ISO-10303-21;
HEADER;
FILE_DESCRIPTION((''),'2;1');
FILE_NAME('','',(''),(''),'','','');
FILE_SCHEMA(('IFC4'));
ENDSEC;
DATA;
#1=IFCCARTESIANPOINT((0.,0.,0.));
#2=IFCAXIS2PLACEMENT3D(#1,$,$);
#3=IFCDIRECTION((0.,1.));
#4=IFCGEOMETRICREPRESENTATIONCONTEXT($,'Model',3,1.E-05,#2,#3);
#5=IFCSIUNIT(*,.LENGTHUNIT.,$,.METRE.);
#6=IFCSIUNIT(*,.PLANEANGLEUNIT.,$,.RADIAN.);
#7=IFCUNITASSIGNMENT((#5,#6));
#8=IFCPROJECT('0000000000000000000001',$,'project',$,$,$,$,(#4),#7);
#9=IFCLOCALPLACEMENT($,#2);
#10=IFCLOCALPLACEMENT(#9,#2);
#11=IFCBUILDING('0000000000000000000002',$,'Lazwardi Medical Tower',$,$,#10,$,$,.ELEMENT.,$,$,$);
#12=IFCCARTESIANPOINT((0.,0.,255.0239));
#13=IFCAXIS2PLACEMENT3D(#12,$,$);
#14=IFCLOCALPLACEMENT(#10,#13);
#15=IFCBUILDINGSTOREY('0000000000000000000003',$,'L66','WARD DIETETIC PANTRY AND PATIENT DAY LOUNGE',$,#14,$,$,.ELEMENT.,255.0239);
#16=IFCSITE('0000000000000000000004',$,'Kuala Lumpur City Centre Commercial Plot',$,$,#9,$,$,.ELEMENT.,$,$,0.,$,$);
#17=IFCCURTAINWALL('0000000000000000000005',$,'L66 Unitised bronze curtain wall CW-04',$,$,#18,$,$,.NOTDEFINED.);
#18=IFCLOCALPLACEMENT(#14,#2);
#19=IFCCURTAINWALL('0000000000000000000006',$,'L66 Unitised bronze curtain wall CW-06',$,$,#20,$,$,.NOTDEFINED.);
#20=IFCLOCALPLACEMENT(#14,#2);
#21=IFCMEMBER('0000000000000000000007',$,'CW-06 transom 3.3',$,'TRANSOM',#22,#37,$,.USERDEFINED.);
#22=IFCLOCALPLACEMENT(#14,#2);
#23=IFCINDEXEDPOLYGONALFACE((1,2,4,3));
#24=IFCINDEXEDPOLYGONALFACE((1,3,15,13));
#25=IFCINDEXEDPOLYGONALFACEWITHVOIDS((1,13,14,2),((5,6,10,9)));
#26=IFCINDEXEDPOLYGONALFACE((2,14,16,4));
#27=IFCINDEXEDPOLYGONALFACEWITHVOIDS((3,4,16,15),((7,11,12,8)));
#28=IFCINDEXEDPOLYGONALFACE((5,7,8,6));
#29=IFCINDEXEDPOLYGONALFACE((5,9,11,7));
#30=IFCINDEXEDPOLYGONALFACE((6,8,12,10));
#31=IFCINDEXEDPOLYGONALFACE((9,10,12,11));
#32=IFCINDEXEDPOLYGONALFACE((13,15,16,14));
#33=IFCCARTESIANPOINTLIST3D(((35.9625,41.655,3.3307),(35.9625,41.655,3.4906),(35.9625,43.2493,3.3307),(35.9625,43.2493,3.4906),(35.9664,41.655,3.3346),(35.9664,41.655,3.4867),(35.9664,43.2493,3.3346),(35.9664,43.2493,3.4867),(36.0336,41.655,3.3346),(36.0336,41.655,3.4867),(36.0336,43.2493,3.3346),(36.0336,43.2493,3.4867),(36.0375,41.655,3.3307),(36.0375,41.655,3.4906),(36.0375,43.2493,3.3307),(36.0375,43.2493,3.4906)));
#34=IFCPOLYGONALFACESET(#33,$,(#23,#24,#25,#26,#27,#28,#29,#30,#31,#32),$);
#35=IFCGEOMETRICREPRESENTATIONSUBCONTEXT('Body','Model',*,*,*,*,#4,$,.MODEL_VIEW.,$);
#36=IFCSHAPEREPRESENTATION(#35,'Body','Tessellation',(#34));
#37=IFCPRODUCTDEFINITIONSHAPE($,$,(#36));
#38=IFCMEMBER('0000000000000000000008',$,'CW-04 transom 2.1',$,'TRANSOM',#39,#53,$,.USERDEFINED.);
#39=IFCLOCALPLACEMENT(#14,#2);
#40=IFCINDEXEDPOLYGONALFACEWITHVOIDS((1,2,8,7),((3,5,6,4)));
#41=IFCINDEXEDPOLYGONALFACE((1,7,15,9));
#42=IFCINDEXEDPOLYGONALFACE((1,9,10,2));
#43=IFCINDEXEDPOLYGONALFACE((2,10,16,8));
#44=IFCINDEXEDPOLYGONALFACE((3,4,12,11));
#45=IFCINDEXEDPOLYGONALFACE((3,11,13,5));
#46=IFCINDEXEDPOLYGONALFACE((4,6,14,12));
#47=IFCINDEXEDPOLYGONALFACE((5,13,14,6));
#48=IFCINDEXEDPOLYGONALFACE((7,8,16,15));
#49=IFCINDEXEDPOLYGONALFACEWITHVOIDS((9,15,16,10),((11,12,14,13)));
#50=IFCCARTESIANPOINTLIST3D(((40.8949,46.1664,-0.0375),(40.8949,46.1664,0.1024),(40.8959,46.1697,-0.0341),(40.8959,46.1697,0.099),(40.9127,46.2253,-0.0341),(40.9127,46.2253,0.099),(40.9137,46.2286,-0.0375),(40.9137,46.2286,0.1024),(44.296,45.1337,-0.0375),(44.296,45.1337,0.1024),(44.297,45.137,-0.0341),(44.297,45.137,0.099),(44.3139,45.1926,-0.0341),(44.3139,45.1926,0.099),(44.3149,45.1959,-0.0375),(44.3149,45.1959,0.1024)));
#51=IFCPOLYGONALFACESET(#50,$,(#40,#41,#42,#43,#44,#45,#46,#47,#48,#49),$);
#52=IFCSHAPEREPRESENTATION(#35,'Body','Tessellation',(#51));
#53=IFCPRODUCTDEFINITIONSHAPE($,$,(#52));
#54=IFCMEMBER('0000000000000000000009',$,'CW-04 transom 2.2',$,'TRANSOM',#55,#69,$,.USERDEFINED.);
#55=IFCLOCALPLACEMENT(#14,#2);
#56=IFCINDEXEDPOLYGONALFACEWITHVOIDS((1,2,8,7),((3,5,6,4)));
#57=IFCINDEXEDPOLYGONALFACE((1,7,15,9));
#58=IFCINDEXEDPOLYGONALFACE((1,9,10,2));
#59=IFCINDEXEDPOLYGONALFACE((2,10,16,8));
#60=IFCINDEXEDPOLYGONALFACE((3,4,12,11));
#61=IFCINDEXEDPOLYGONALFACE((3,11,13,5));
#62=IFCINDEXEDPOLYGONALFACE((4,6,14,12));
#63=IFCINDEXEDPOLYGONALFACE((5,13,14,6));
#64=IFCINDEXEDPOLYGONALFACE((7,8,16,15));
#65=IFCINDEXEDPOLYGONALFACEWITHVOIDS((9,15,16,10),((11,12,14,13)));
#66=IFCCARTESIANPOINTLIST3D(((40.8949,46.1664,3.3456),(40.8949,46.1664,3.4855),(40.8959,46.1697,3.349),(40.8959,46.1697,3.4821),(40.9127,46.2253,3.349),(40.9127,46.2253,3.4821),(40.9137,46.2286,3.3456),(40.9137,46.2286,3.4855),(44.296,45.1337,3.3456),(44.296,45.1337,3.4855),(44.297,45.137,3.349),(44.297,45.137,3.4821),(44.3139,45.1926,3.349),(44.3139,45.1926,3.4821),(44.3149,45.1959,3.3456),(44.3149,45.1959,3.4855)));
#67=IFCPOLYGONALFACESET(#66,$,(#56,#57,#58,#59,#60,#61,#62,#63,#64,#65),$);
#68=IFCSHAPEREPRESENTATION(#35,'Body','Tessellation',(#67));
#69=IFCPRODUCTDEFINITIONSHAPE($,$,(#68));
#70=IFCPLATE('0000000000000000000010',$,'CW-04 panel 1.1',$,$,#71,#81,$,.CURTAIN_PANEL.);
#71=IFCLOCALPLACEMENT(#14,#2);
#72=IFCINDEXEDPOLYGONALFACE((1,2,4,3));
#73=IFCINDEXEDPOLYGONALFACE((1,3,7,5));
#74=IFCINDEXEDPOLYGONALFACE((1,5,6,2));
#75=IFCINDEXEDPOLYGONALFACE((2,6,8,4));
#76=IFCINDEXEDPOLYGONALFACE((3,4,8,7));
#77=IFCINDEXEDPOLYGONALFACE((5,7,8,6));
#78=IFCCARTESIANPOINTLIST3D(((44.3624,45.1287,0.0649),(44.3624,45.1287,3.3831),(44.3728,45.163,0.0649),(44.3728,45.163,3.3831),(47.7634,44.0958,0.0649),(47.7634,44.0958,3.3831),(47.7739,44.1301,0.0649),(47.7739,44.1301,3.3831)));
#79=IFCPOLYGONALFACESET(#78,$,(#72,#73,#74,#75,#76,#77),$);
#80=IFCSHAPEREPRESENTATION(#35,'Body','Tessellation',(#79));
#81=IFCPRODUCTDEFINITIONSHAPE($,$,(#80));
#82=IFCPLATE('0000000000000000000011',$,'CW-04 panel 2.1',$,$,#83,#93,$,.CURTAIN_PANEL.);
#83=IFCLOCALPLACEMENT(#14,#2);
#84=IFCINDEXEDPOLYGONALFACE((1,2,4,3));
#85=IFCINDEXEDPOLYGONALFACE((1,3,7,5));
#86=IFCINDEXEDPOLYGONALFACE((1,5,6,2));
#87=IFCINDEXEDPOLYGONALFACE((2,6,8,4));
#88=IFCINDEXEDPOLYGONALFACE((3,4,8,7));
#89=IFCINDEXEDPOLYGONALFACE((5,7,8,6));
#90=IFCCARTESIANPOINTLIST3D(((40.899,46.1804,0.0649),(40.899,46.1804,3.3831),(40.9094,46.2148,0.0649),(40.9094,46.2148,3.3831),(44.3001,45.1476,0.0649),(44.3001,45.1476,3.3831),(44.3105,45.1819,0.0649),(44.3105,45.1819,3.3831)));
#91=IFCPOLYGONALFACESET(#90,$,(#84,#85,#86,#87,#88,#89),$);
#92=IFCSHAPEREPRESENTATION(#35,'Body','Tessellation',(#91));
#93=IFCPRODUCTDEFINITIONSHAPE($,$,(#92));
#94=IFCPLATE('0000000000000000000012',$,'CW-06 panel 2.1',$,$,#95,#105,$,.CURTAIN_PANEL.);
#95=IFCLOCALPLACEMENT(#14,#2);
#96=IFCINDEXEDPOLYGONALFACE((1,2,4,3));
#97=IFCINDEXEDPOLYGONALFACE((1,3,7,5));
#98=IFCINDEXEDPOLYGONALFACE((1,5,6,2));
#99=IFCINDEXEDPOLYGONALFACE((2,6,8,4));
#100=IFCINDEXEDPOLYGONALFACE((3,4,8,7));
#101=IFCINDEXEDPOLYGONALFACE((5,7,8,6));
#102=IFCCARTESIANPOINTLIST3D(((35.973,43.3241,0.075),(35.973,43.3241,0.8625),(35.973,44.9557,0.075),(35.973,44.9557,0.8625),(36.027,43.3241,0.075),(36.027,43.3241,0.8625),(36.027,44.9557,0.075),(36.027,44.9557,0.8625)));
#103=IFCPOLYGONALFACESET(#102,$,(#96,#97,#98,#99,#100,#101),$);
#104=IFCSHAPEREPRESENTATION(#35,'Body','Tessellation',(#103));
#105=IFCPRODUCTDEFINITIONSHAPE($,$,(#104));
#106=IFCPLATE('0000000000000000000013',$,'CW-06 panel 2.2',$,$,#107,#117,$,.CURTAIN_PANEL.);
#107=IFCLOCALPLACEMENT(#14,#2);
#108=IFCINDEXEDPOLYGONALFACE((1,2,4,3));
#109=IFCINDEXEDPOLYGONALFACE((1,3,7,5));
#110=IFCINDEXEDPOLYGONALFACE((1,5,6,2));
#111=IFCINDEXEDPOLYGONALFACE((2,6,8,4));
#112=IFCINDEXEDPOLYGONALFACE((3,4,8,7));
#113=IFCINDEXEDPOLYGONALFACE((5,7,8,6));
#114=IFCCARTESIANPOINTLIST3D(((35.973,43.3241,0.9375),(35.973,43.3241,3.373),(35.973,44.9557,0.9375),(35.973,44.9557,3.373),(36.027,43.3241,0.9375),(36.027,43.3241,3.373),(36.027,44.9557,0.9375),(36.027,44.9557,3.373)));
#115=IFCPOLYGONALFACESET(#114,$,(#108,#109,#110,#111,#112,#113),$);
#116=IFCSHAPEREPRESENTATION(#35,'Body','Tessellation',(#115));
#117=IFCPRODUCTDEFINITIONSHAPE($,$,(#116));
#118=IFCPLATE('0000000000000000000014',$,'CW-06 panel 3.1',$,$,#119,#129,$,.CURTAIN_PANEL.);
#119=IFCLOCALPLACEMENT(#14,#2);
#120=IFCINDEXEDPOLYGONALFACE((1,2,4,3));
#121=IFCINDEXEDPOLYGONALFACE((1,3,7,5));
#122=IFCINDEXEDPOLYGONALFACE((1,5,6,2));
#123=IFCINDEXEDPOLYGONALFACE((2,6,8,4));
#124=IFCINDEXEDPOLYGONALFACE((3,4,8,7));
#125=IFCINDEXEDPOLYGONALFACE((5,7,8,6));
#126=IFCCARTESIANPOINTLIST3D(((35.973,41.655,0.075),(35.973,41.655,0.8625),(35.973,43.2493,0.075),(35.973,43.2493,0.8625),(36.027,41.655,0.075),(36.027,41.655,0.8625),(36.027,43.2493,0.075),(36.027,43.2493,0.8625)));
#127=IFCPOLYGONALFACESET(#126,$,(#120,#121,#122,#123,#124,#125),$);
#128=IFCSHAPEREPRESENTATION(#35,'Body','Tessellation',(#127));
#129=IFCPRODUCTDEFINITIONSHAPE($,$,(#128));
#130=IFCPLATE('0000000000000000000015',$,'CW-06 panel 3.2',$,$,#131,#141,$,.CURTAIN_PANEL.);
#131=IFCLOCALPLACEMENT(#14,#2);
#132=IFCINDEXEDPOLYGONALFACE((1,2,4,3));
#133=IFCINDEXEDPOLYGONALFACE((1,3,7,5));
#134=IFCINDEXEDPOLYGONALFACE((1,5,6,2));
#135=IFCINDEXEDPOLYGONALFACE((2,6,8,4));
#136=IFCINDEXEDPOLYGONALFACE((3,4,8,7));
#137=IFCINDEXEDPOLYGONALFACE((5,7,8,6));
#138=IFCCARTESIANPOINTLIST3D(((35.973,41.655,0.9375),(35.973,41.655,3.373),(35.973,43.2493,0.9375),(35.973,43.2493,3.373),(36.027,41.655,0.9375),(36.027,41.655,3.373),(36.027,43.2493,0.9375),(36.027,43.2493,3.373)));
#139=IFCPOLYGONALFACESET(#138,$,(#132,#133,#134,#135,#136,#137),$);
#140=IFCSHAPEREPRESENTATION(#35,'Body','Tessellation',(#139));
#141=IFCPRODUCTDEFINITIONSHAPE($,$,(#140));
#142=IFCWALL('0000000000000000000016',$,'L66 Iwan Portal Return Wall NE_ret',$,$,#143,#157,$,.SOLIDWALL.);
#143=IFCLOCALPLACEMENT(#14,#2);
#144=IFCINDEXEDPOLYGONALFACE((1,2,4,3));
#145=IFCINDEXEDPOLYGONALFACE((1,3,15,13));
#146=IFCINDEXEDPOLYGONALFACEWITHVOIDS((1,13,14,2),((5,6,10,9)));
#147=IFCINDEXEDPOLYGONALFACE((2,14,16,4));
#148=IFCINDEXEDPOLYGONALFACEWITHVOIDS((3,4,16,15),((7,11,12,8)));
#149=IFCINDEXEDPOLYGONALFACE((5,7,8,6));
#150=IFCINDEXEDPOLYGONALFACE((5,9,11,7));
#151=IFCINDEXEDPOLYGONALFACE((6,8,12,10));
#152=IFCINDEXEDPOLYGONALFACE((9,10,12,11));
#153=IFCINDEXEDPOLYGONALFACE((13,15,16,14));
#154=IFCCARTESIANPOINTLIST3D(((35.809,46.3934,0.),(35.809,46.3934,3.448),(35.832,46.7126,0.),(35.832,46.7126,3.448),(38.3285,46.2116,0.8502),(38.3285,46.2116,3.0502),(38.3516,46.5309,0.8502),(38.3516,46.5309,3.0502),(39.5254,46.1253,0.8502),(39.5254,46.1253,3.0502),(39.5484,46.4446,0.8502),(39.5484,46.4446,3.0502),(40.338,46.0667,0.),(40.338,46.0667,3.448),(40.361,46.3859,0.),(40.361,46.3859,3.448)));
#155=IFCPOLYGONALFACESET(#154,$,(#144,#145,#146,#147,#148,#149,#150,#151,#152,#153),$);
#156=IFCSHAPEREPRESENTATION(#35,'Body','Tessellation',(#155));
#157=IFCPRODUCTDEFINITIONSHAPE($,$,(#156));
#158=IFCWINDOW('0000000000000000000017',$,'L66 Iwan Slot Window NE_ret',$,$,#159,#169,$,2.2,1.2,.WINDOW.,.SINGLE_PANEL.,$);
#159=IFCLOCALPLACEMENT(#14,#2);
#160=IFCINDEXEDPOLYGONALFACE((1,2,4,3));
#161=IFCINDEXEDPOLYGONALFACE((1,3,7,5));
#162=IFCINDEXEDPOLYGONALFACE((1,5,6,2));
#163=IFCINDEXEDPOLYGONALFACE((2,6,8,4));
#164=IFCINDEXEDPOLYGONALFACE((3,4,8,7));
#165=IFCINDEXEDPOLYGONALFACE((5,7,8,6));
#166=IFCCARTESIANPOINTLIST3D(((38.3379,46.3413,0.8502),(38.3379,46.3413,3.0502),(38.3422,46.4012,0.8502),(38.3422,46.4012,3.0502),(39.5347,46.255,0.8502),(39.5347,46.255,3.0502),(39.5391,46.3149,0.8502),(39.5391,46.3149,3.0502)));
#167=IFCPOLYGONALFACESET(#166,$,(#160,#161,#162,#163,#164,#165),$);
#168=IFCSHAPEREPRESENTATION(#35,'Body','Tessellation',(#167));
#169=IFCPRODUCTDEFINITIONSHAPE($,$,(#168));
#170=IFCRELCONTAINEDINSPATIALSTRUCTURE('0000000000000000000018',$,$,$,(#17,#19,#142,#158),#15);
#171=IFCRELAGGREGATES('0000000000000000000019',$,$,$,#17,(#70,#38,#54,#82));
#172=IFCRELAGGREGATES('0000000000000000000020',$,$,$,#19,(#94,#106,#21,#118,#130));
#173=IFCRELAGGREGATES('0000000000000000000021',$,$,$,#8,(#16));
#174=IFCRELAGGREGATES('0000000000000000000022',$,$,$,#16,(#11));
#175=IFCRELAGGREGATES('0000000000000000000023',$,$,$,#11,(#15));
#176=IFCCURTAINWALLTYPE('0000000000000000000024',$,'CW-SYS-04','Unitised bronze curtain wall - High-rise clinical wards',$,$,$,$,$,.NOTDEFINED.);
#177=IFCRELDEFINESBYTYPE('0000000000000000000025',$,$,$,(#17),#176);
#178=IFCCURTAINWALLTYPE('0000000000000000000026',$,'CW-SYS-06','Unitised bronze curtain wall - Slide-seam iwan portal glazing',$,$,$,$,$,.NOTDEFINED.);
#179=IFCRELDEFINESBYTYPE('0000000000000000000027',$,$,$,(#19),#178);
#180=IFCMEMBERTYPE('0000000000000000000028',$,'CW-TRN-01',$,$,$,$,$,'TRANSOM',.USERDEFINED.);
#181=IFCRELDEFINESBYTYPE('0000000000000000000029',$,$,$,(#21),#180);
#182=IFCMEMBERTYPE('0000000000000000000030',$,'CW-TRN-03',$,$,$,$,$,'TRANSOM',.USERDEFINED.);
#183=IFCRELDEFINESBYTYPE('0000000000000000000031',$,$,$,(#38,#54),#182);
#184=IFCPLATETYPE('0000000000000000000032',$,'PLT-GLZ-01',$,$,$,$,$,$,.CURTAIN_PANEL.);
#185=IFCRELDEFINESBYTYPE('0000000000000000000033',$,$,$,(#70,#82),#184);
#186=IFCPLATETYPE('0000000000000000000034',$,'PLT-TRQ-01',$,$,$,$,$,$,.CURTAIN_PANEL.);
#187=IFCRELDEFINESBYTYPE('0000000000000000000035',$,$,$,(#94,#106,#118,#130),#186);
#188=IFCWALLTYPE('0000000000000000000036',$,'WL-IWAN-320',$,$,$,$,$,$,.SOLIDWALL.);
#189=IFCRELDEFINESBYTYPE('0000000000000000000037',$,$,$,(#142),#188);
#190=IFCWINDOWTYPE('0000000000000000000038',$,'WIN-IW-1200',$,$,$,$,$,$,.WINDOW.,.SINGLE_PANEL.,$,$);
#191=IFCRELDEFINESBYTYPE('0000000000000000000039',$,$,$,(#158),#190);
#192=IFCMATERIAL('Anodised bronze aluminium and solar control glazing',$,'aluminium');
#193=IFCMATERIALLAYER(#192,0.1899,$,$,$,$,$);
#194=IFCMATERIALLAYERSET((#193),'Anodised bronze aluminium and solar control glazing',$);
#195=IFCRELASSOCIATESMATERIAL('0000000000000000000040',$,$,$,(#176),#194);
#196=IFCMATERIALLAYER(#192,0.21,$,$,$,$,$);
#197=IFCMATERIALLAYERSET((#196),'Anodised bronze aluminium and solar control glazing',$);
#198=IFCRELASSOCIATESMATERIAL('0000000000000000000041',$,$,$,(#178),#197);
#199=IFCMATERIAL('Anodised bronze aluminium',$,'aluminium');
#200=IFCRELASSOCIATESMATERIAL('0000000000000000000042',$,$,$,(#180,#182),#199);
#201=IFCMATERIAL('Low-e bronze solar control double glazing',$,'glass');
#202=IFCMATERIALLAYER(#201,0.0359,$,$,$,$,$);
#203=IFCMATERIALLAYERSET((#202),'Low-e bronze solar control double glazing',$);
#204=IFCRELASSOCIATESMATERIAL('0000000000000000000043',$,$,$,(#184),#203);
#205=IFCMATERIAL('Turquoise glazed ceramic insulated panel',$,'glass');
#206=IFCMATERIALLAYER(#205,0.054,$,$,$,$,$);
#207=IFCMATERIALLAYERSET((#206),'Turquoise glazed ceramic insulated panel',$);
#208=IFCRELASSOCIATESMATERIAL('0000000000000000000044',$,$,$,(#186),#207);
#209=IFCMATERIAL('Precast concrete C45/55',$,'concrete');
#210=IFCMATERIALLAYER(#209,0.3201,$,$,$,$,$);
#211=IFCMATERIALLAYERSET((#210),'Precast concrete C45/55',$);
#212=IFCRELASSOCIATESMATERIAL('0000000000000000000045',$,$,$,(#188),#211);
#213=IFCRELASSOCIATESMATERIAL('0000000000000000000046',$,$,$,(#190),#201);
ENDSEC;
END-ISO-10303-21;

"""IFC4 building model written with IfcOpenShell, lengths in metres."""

from ifc_helpers import new_model, si_unit, direction, frame, frame_2d, origin, origin_2d, place, context, subcontext, project, spatial, rectangle, hollow_rectangle, extrude, material, layer, layer_set, material_profile, profile_set, type_object, element, fill, aggregate, save


model = new_model("IFC4")

# Units and contexts
model_context = context("Model", 3, precision=1e-05, world=origin(), true_north=direction((0.0, 1.0)))
body_context = subcontext(model_context, "Body", "Model", "MODEL_VIEW")
ifc_project = project(units=[si_unit("LENGTHUNIT", "METRE"), si_unit("PLANEANGLEUNIT", "RADIAN")], contexts=[model_context])

# Site, building, storey
site_placement = place(None, origin())
site = spatial("IfcSite", under=ifc_project, at=site_placement, Name="Kuala Lumpur City Centre Commercial Plot", CompositionType="ELEMENT", RefElevation=0.0)
building_placement = place(site_placement, origin())
building = spatial("IfcBuilding", under=site, at=building_placement, Name="Lazwardi Medical Tower", CompositionType="ELEMENT")
storey_placement = place(building_placement, frame((0.0, 0.0, 255.0239)))
storey = spatial("IfcBuildingStorey", under=building, at=storey_placement, Name="L66", Description="WARD DIETETIC PANTRY AND PATIENT DAY LOUNGE", CompositionType="ELEMENT", Elevation=255.0239)

# Curtain walls, member
ifc_material_1 = material(Name="Anodised bronze aluminium and solar control glazing", Category="aluminium")
ifc_layer_1 = layer(ifc_material_1, 0.1899)
ifc_layer_set_1 = layer_set([ifc_layer_1], Name="Anodised bronze aluminium and solar control glazing")
curtain_wall_type_1 = type_object("IfcCurtainWallType", Name="CW-SYS-04", Description="Unitised bronze curtain wall - High-rise clinical wards", PredefinedType="NOTDEFINED", material=ifc_layer_set_1)
curtain_wall_1_placement = place(storey_placement, origin())
curtain_wall_1 = element("IfcCurtainWall", 1, at=curtain_wall_1_placement, inside=storey, type_object=curtain_wall_type_1, Name="L66 Unitised bronze curtain wall CW-04", PredefinedType="NOTDEFINED")
ifc_material_2 = material(Name="Anodised bronze aluminium", Category="aluminium")
ifc_layer_2 = layer(ifc_material_1, 0.21)
ifc_layer_set_2 = layer_set([ifc_layer_2], Name="Anodised bronze aluminium and solar control glazing")
curtain_wall_type_2 = type_object("IfcCurtainWallType", Name="CW-SYS-06", Description="Unitised bronze curtain wall - Slide-seam iwan portal glazing", PredefinedType="NOTDEFINED", material=ifc_layer_set_2)
curtain_wall_2_placement = place(storey_placement, origin())
curtain_wall_2 = element("IfcCurtainWall", 2, at=curtain_wall_2_placement, inside=storey, type_object=curtain_wall_type_2, Name="L66 Unitised bronze curtain wall CW-06", PredefinedType="NOTDEFINED")
ifc_material_profile_1 = material_profile(ifc_material_2, hollow_rectangle(XDim=0.075, YDim=0.1599, WallThickness=0.0039, at=origin_2d()), Name="ALU-TRANSOM 160x75x4")
ifc_profile_set_1 = profile_set([ifc_material_profile_1], Name="Anodised bronze aluminium")
member_type_1 = type_object("IfcMemberType", Name="CW-TRN-01", ElementType="TRANSOM", PredefinedType="USERDEFINED", material=ifc_profile_set_1)
member_1_placement = place(storey_placement, frame((36.0, 43.2493, 3.4106), z_axis=(0.0, -1.0, 0.0), x_axis=(1.0, 0.0, 0.0)))
member_1 = element("IfcMember", 3, at=member_1_placement, type_object=member_type_1, Name="CW-06 transom 3.3", ObjectType="TRANSOM", PredefinedType="USERDEFINED", context=body_context, shape_type="SweptSolid", body=[
    extrude(hollow_rectangle(XDim=0.075, YDim=0.1599, WallThickness=0.0039, at=origin_2d()), origin(), (0.0, 0.0, 1.0), 1.5942),
])

# Members
ifc_material_profile_2 = material_profile(ifc_material_2, hollow_rectangle(XDim=0.0649, YDim=0.1399, WallThickness=0.0034, at=origin_2d()), Name="ALU-TRANSOM 140x65x3.5")
ifc_profile_set_2 = profile_set([ifc_material_profile_2], Name="Anodised bronze aluminium")
member_type_2 = type_object("IfcMemberType", Name="CW-TRN-03", ElementType="TRANSOM", PredefinedType="USERDEFINED", material=ifc_profile_set_2)
member_2_placement = place(storey_placement, frame((44.3054, 45.1648, 0.0325), z_axis=(-0.956863, 0.290541, 0.0), x_axis=(-0.290541, -0.956863, 0.0)))
member_2 = element("IfcMember", 4, at=member_2_placement, type_object=member_type_2, Name="CW-04 transom 2.1", ObjectType="TRANSOM", PredefinedType="USERDEFINED", context=body_context, shape_type="SweptSolid", body=[
    extrude(hollow_rectangle(XDim=0.0649, YDim=0.1399, WallThickness=0.0034, at=origin_2d()), origin(), (0.0, 0.0, 1.0), 3.5544),
])
member_3_placement = place(storey_placement, frame((44.3054, 45.1648, 3.4155), z_axis=(-0.956863, 0.290541, 0.0), x_axis=(-0.290541, -0.956863, 0.0)))
member_3 = element("IfcMember", 5, at=member_3_placement, type_object=member_type_2, Name="CW-04 transom 2.2", ObjectType="TRANSOM", PredefinedType="USERDEFINED", context=body_context, shape_type="SweptSolid", body=[
    extrude(hollow_rectangle(XDim=0.0649, YDim=0.1399, WallThickness=0.0034, at=origin_2d()), origin(), (0.0, 0.0, 1.0), 3.5544),
])

# Plates
ifc_material_3 = material(Name="Low-e bronze solar control double glazing", Category="glass")
ifc_layer_3 = layer(ifc_material_3, 0.0359)
ifc_layer_set_3 = layer_set([ifc_layer_3], Name="Low-e bronze solar control double glazing")
plate_type_1 = type_object("IfcPlateType", Name="PLT-GLZ-01", PredefinedType="CURTAIN_PANEL", material=ifc_layer_set_3)
plate_1_placement = place(storey_placement, frame((46.0681, 44.6294, 0.0649), z_axis=(0.0, 0.0, 1.0), x_axis=(-0.95685, 0.290582, 0.0)))
plate_1 = element("IfcPlate", 6, at=plate_1_placement, type_object=plate_type_1, Name="CW-04 panel 1.1", PredefinedType="CURTAIN_PANEL", context=body_context, shape_type="SweptSolid", body=[
    extrude(rectangle(XDim=3.5544, YDim=0.0359, at=origin_2d()), origin(), (0.0, 0.0, 1.0), 3.3181),
])
plate_2_placement = place(storey_placement, frame((42.6047, 45.6812, 0.0649), z_axis=(0.0, 0.0, 1.0), x_axis=(-0.95685, 0.290582, 0.0)))
plate_2 = element("IfcPlate", 7, at=plate_2_placement, type_object=plate_type_1, Name="CW-04 panel 2.1", PredefinedType="CURTAIN_PANEL", context=body_context, shape_type="SweptSolid", body=[
    extrude(rectangle(XDim=3.5544, YDim=0.0359, at=origin_2d()), origin(), (0.0, 0.0, 1.0), 3.3181),
])
aggregate(curtain_wall_1, [plate_1, member_2, member_3, plate_2])
ifc_material_4 = material(Name="Turquoise glazed ceramic insulated panel", Category="glass")
ifc_layer_4 = layer(ifc_material_4, 0.054)
ifc_layer_set_4 = layer_set([ifc_layer_4], Name="Turquoise glazed ceramic insulated panel")
plate_type_2 = type_object("IfcPlateType", Name="PLT-TRQ-01", PredefinedType="CURTAIN_PANEL", material=ifc_layer_set_4)
plate_3_placement = place(storey_placement, frame((36.0, 44.1399, 0.075), z_axis=(0.0, 0.0, 1.0), x_axis=(0.0, -1.0, 0.0)))
plate_3 = element("IfcPlate", 8, at=plate_3_placement, type_object=plate_type_2, Name="CW-06 panel 2.1", PredefinedType="CURTAIN_PANEL", context=body_context, shape_type="SweptSolid", body=[
    extrude(rectangle(XDim=1.6316, YDim=0.054, at=origin_2d()), origin(), (0.0, 0.0, 1.0), 0.7876),
])
plate_4_placement = place(storey_placement, frame((36.0, 44.1399, 0.9375), z_axis=(0.0, 0.0, 1.0), x_axis=(0.0, -1.0, 0.0)))
plate_4 = element("IfcPlate", 9, at=plate_4_placement, type_object=plate_type_2, Name="CW-06 panel 2.2", PredefinedType="CURTAIN_PANEL", context=body_context, shape_type="SweptSolid", body=[
    extrude(rectangle(XDim=1.6316, YDim=0.054, at=origin_2d()), origin(), (0.0, 0.0, 1.0), 2.4355),
])
plate_5_placement = place(storey_placement, frame((36.0, 42.4521, 0.075), z_axis=(0.0, 0.0, 1.0), x_axis=(0.0, -1.0, 0.0)))
plate_5 = element("IfcPlate", 10, at=plate_5_placement, type_object=plate_type_2, Name="CW-06 panel 3.1", PredefinedType="CURTAIN_PANEL", context=body_context, shape_type="SweptSolid", body=[
    extrude(rectangle(XDim=1.5942, YDim=0.054, at=origin_2d()), origin(), (0.0, 0.0, 1.0), 0.7876),
])
plate_6_placement = place(storey_placement, frame((36.0, 42.4521, 0.9375), z_axis=(0.0, 0.0, 1.0), x_axis=(0.0, -1.0, 0.0)))
plate_6 = element("IfcPlate", 11, at=plate_6_placement, type_object=plate_type_2, Name="CW-06 panel 3.2", PredefinedType="CURTAIN_PANEL", context=body_context, shape_type="SweptSolid", body=[
    extrude(rectangle(XDim=1.5942, YDim=0.054, at=origin_2d()), origin(), (0.0, 0.0, 1.0), 2.4355),
])
aggregate(curtain_wall_2, [plate_3, plate_4, member_1, plate_5, plate_6])

# Wall, opening, window
ifc_material_5 = material(Name="Precast concrete C45/55", Category="concrete")
ifc_layer_5 = layer(ifc_material_5, 0.3201)
ifc_layer_set_5 = layer_set([ifc_layer_5], Name="Precast concrete C45/55")
wall_type = type_object("IfcWallType", Name="WL-IWAN-320", PredefinedType="SOLIDWALL", material=ifc_layer_set_5)
wall_1_placement = place(storey_placement, frame((40.3496, 46.2263, 0.0), z_axis=(0.0, 0.0, 1.0), x_axis=(-0.997409, 0.071939, 0.0)))
wall_1 = element("IfcWall", 12, at=wall_1_placement, inside=storey, type_object=wall_type, Name="L66 Iwan Portal Return Wall NE_ret", PredefinedType="SOLIDWALL", context=body_context, shape_type="SweptSolid", body=[
    extrude(rectangle(XDim=4.5408, YDim=0.3201, at=frame_2d((2.2705, 0.0))), origin(), (0.0, 0.0, 1.0), 3.448),
])
opening_1_placement = place(wall_1_placement, frame((0.8147, 0.0, 0.8501)))
opening_1 = element("IfcOpeningElement", 13, at=opening_1_placement, cuts=wall_1, PredefinedType="OPENING", context=body_context, shape_type="SweptSolid", body=[
    extrude(rectangle(XDim=1.2, YDim=2.2, at=frame_2d((0.6001, 1.1001))), frame((0.0, 0.1699, 0.0), z_axis=(0.0, -1.0, 0.0), x_axis=(1.0, 0.0, 0.0)), (0.0, 0.0, 1.0), 0.3401),
])
window_type_1 = type_object("IfcWindowType", Name="WIN-IW-1200", PartitioningType="SINGLE_PANEL", PredefinedType="WINDOW", material=ifc_material_3)
window_1_placement = place(opening_1_placement, origin())
window_1 = element("IfcWindow", 14, at=window_1_placement, inside=storey, type_object=window_type_1, Name="L66 Iwan Slot Window NE_ret", OverallHeight=2.2, OverallWidth=1.2, PartitioningType="SINGLE_PANEL", PredefinedType="WINDOW", context=body_context, shape_type="SweptSolid", body=[
    extrude(rectangle(XDim=1.2, YDim=2.2, at=frame_2d((0.6001, 1.1001))), frame((0.0, 0.03, 0.0), z_axis=(0.0, -1.0, 0.0), x_axis=(1.0, 0.0, 0.0)), (0.0, 0.0, 1.0), 0.0601),
])
fill(opening_1, window_1)

save(model, "model.ifc")
